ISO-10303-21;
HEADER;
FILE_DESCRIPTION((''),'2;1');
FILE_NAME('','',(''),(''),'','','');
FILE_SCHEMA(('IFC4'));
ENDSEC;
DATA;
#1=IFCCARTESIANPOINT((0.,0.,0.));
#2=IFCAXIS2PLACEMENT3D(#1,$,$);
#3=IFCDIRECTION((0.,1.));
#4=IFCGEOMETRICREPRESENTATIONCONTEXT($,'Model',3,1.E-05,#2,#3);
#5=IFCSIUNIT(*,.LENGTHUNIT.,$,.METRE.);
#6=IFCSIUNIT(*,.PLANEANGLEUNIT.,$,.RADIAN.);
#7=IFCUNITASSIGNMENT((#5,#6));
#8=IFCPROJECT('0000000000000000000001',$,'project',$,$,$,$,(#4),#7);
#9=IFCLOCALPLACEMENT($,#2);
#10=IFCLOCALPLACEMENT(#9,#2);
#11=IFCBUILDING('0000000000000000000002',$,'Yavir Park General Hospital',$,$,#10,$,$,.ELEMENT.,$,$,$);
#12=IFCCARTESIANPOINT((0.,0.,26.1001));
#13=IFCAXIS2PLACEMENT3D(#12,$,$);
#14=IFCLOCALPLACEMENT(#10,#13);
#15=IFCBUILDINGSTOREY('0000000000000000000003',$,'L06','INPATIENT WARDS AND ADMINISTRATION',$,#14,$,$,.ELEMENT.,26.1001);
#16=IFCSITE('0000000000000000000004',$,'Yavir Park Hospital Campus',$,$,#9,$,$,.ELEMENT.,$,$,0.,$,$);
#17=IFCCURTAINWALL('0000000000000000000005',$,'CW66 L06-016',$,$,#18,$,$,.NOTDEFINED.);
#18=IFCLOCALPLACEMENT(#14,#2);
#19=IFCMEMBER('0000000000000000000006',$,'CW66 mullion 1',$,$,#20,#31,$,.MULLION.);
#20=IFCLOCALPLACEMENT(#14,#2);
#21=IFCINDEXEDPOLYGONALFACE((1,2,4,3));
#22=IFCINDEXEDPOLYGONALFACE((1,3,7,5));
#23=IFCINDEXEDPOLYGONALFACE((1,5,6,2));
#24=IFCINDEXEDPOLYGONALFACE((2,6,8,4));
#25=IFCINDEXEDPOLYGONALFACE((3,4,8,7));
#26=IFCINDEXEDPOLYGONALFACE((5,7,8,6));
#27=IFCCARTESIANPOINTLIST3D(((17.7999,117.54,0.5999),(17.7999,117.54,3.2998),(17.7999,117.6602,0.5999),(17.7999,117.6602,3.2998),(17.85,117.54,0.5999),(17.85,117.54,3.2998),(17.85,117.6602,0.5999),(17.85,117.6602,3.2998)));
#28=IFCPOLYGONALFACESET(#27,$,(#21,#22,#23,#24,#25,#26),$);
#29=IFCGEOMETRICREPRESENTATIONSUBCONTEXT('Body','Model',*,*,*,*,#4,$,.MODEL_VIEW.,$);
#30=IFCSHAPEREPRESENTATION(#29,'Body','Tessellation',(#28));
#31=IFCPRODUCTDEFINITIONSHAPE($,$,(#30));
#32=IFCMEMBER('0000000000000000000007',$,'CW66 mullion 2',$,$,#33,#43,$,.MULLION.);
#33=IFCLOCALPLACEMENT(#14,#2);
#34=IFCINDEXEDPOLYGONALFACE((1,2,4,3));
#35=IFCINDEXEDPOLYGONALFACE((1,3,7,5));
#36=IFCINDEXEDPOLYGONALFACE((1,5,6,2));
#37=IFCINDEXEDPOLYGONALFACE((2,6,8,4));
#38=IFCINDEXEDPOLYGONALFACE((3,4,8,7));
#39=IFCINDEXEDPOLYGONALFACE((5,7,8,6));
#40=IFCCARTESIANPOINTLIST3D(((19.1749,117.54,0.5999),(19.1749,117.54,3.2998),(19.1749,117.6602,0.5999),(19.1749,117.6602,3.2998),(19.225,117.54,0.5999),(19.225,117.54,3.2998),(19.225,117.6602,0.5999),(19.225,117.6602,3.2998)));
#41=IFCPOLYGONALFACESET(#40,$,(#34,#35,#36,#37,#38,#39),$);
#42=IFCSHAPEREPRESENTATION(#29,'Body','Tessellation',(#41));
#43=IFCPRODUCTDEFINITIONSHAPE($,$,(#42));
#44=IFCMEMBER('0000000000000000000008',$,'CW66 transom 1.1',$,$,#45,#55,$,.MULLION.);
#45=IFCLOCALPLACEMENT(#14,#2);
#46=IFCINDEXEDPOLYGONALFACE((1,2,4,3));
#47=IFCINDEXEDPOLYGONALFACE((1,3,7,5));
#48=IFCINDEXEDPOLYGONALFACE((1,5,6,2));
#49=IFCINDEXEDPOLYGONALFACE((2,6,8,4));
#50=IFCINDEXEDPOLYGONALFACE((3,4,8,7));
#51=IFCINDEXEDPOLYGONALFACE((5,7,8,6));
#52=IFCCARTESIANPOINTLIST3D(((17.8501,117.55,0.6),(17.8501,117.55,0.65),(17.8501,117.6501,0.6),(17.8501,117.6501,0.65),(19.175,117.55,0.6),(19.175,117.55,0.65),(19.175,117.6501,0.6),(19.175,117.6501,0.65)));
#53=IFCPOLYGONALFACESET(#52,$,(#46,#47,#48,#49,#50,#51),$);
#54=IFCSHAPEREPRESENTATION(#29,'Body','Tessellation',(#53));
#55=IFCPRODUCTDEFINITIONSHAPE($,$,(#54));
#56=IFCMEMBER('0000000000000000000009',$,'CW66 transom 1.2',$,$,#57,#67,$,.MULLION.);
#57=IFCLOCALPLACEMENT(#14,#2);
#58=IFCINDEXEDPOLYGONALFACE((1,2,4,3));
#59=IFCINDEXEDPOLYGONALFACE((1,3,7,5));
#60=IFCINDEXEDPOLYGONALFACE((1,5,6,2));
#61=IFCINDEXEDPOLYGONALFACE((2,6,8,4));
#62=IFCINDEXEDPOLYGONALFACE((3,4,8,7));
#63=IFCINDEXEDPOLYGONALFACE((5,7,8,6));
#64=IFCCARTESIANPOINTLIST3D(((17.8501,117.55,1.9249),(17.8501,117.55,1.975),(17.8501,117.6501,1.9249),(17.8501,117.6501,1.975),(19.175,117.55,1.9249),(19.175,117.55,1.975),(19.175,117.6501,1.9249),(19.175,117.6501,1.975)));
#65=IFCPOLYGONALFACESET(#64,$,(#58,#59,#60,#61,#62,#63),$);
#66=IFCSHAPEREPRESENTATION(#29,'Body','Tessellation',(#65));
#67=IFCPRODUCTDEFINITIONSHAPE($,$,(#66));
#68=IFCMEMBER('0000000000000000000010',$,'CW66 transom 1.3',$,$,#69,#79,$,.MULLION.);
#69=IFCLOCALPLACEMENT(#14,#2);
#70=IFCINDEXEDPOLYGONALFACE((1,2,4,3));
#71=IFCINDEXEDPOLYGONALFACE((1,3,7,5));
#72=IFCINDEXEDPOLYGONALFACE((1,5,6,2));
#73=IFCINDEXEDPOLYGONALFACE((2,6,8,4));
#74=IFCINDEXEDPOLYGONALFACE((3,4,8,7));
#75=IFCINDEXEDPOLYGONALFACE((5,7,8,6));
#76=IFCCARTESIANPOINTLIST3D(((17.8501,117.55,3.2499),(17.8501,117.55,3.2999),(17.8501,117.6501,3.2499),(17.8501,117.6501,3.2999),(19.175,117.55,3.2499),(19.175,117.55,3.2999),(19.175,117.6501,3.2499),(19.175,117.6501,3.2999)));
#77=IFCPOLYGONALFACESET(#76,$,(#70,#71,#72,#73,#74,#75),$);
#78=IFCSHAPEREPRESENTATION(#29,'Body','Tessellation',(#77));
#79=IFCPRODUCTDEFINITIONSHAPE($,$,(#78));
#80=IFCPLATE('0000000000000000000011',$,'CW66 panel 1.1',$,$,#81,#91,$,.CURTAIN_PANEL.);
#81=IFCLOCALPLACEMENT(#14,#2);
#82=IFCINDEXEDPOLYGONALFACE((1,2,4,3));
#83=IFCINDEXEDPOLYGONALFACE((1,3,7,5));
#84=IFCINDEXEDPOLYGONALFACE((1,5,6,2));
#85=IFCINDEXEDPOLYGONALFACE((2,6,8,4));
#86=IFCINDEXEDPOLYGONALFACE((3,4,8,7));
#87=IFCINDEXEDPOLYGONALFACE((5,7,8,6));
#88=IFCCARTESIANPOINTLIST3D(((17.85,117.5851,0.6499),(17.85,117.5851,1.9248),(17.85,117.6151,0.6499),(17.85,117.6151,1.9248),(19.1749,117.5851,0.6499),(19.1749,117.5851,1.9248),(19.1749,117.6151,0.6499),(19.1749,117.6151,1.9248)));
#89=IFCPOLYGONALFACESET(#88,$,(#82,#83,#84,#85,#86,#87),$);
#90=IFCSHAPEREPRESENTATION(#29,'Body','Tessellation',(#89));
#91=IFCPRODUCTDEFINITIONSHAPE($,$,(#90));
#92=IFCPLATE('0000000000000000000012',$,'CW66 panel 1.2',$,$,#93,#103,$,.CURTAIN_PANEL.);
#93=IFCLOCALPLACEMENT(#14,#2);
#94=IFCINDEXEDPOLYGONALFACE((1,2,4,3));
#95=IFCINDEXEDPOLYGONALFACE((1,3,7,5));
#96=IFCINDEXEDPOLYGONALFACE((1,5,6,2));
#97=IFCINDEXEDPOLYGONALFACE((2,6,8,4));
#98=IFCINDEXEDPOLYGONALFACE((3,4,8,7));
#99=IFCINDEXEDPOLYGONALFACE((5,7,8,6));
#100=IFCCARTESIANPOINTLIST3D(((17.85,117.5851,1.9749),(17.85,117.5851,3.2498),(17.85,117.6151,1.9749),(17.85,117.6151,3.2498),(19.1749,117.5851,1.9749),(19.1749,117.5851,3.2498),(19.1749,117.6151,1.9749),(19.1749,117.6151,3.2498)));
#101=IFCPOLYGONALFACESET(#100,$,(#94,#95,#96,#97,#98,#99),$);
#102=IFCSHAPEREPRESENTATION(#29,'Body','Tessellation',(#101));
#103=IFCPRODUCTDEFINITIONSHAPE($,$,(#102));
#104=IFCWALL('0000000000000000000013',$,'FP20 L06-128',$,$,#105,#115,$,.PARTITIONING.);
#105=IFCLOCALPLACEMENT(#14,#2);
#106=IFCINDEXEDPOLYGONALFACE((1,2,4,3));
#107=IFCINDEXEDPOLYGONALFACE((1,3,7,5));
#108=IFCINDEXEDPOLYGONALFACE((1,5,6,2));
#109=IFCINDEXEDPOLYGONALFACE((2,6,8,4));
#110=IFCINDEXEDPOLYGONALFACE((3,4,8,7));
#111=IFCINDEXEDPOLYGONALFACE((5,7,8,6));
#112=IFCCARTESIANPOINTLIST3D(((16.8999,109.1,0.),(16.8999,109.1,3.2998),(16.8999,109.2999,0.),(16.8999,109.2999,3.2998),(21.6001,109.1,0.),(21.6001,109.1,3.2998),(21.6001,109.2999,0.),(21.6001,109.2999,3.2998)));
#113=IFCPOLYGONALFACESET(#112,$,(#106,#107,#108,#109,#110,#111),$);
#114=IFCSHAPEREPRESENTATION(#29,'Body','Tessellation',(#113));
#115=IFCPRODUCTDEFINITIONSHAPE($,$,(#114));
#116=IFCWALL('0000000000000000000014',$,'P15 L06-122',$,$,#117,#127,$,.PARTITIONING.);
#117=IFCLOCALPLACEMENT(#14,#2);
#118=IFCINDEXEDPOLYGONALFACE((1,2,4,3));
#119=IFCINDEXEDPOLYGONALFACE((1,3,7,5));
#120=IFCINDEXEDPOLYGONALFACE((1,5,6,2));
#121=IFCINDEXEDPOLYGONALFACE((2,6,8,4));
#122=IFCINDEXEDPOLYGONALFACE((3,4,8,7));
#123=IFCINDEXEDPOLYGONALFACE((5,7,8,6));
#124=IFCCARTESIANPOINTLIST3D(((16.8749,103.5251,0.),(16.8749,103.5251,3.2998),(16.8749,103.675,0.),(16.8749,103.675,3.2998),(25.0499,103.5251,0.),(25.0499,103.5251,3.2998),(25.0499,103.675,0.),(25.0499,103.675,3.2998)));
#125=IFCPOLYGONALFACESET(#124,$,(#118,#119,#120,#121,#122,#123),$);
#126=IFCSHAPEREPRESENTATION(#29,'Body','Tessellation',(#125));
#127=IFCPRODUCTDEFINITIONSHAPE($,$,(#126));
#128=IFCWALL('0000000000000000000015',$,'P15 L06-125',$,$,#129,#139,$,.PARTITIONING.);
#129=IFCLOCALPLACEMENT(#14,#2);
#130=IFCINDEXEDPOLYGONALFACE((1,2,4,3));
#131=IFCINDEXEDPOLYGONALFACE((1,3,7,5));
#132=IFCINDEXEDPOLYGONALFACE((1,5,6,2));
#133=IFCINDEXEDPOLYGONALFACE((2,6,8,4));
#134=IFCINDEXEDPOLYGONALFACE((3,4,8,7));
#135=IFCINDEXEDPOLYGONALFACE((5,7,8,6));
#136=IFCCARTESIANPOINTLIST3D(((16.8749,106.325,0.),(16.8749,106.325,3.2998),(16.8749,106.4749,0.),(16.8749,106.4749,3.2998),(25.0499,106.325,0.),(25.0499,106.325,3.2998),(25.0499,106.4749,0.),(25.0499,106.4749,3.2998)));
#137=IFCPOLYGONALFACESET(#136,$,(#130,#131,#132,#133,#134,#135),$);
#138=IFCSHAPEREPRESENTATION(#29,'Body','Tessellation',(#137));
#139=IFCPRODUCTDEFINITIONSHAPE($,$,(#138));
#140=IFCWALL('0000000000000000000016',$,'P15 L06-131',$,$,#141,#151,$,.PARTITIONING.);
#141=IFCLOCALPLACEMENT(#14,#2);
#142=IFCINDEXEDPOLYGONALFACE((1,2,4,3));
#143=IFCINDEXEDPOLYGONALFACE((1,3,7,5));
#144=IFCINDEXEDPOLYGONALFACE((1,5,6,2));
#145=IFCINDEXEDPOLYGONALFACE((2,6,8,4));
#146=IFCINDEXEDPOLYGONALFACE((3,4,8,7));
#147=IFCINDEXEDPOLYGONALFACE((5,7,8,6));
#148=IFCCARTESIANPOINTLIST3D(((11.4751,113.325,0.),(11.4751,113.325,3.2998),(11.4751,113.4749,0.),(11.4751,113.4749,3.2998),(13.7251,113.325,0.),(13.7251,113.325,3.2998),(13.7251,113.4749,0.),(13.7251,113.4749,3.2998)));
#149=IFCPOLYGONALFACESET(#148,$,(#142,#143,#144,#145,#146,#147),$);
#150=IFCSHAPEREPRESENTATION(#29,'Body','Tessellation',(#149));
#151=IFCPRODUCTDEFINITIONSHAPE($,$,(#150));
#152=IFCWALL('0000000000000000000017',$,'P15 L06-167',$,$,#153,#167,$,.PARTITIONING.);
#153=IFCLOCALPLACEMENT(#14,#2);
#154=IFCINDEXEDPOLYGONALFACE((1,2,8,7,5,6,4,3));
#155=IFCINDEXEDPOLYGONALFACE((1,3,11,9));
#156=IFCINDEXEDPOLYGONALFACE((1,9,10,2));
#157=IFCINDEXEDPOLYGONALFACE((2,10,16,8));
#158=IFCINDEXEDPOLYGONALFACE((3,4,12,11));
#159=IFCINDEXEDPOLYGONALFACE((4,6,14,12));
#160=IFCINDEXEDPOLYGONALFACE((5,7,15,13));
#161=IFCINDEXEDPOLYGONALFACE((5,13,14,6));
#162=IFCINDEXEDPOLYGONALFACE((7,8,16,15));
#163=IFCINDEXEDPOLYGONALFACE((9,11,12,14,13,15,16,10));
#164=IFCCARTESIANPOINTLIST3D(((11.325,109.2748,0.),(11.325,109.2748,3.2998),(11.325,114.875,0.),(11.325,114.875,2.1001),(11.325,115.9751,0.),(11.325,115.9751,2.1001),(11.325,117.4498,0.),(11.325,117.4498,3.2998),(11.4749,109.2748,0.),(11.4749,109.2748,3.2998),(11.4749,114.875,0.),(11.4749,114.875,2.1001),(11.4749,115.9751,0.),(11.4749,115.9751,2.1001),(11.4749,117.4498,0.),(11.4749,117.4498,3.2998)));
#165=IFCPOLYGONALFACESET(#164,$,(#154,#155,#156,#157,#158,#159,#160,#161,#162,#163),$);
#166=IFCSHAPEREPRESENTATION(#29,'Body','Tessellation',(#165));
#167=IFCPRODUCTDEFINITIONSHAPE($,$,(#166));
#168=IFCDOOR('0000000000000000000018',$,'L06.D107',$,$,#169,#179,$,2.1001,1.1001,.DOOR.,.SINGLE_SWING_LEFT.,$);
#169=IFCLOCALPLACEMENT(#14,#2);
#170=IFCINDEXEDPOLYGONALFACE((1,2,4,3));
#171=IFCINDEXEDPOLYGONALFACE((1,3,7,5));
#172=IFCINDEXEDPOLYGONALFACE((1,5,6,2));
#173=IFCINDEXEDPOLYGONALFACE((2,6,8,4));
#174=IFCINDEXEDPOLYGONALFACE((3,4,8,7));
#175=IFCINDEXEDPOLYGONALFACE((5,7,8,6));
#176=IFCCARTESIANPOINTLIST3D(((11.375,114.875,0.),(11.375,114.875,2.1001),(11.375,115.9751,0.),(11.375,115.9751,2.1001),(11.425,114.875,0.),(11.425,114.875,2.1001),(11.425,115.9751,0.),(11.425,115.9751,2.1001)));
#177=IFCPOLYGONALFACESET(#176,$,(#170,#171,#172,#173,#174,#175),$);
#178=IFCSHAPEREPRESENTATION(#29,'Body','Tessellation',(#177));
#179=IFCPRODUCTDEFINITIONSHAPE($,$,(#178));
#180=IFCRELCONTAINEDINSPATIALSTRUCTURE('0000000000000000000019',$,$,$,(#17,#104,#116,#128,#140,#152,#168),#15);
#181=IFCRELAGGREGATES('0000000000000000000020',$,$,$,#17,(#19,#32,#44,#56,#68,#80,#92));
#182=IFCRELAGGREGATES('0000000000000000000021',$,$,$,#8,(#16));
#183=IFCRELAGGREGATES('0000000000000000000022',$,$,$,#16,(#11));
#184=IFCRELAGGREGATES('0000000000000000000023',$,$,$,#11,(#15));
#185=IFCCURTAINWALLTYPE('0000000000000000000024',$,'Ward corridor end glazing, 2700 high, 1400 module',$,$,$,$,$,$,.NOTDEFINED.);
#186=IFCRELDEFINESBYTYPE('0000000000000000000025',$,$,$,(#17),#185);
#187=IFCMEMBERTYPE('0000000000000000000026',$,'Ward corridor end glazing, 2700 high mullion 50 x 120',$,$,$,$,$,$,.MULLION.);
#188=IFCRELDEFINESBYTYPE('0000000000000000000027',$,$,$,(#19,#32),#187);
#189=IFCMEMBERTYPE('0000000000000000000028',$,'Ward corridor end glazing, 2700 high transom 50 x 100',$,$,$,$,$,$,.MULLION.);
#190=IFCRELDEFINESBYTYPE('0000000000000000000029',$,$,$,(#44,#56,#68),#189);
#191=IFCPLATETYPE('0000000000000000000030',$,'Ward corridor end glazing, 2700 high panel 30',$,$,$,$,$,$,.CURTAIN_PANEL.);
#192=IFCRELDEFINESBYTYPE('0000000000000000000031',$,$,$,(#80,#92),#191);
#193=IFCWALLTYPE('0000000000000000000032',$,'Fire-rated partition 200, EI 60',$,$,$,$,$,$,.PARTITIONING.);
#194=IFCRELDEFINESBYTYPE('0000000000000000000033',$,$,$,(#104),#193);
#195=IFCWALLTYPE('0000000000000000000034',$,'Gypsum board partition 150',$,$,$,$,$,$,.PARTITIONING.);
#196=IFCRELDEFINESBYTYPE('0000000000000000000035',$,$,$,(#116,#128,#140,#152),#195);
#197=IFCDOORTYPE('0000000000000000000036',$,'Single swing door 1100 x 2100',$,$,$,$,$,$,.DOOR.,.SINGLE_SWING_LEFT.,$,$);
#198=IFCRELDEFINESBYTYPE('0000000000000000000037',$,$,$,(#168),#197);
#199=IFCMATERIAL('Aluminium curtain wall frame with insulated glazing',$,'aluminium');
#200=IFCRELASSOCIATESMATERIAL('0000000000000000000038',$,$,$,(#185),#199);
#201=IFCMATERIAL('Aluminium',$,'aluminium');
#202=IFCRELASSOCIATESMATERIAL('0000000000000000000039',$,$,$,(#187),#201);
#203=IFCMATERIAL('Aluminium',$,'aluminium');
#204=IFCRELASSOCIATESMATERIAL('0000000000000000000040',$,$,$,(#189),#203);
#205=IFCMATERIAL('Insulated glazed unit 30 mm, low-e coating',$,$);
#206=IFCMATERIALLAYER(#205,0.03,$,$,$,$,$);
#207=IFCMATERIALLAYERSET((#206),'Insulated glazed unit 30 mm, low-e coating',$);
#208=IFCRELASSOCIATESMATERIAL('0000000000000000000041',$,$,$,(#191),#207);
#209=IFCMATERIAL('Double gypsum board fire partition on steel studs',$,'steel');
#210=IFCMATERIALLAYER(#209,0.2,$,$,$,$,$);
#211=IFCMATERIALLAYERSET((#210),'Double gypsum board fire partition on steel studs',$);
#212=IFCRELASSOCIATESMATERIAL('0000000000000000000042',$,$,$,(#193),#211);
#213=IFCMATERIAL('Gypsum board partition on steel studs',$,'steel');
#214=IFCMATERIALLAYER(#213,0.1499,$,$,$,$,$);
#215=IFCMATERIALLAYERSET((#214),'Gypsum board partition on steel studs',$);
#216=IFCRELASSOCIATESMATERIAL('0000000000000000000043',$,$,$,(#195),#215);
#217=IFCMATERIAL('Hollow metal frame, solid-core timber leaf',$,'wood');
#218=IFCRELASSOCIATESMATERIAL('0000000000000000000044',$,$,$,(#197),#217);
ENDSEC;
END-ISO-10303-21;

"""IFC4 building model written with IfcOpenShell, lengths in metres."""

from ifc_helpers import new_model, si_unit, direction, frame, frame_2d, origin, origin_2d, place, context, subcontext, project, spatial, rectangle, extrude, material, layer, layer_set, material_profile, profile_set, type_object, element, fill, aggregate, save


model = new_model("IFC4")

# Units and contexts
model_context = context("Model", 3, precision=1e-05, world=origin(), true_north=direction((0.0, 1.0)))
body_context = subcontext(model_context, "Body", "Model", "MODEL_VIEW")
ifc_project = project(units=[si_unit("LENGTHUNIT", "METRE"), si_unit("PLANEANGLEUNIT", "RADIAN")], contexts=[model_context])

# Site, building, storey
site_placement = place(None, origin())
site = spatial("IfcSite", under=ifc_project, at=site_placement, Name="Yavir Park Hospital Campus", CompositionType="ELEMENT", RefElevation=0.0)
building_placement = place(site_placement, origin())
building = spatial("IfcBuilding", under=site, at=building_placement, Name="Yavir Park General Hospital", CompositionType="ELEMENT")
storey_placement = place(building_placement, frame((0.0, 0.0, 26.1001)))
storey = spatial("IfcBuildingStorey", under=building, at=storey_placement, Name="L06", Description="INPATIENT WARDS AND ADMINISTRATION", CompositionType="ELEMENT", Elevation=26.1001)

# Curtain wall, members, plates
ifc_material_1 = material(Name="Aluminium curtain wall frame with insulated glazing", Category="aluminium")
curtain_wall_type = type_object("IfcCurtainWallType", Name="Ward corridor end glazing, 2700 high, 1400 module", PredefinedType="NOTDEFINED", material=ifc_material_1)
curtain_wall_placement = place(storey_placement, origin())
curtain_wall = element("IfcCurtainWall", 1, at=curtain_wall_placement, inside=storey, type_object=curtain_wall_type, Name="CW66 L06-016", PredefinedType="NOTDEFINED")
ifc_material_2 = material(Name="Aluminium", Category="aluminium")
ifc_material_profile_1 = material_profile(ifc_material_2, rectangle(XDim=0.1201, YDim=0.05, at=origin_2d()), Name="AL 50x120")
ifc_profile_set_1 = profile_set([ifc_material_profile_1], Name="Aluminium")
member_type_1 = type_object("IfcMemberType", Name="Ward corridor end glazing, 2700 high mullion 50 x 120", PredefinedType="MULLION", material=ifc_profile_set_1)
member_1_placement = place(storey_placement, frame((17.825, 117.6001, 0.5999), z_axis=(0.0, 0.0, 1.0), x_axis=(0.0, 1.0, 0.0)))
member_1 = element("IfcMember", 2, at=member_1_placement, type_object=member_type_1, Name="CW66 mullion 1", PredefinedType="MULLION", context=body_context, shape_type="SweptSolid", body=[
    extrude(rectangle(XDim=0.1201, YDim=0.05, at=origin_2d()), origin(), (0.0, 0.0, 1.0), 2.7),
])
member_2_placement = place(storey_placement, frame((19.2, 117.6001, 0.5999), z_axis=(0.0, 0.0, 1.0), x_axis=(0.0, 1.0, 0.0)))
member_2 = element("IfcMember", 3, at=member_2_placement, type_object=member_type_1, Name="CW66 mullion 2", PredefinedType="MULLION", context=body_context, shape_type="SweptSolid", body=[
    extrude(rectangle(XDim=0.1201, YDim=0.05, at=origin_2d()), origin(), (0.0, 0.0, 1.0), 2.7),
])
ifc_material_3 = material(Name="Aluminium", Category="aluminium")
ifc_material_profile_2 = material_profile(ifc_material_3, rectangle(XDim=0.1001, YDim=0.05, at=origin_2d()), Name="AL 100x50")
ifc_profile_set_2 = profile_set([ifc_material_profile_2], Name="Aluminium")
member_type_2 = type_object("IfcMemberType", Name="Ward corridor end glazing, 2700 high transom 50 x 100", PredefinedType="MULLION", material=ifc_profile_set_2)
member_3_placement = place(storey_placement, frame((17.8501, 117.6001, 0.625), z_axis=(1.0, 0.0, 0.0), x_axis=(0.0, 1.0, 0.0)))
member_3 = element("IfcMember", 4, at=member_3_placement, type_object=member_type_2, Name="CW66 transom 1.1", PredefinedType="MULLION", context=body_context, shape_type="SweptSolid", body=[
    extrude(rectangle(XDim=0.1001, YDim=0.05, at=origin_2d()), origin(), (0.0, 0.0, 1.0), 1.325),
])
member_4_placement = place(storey_placement, frame((17.8501, 117.6001, 1.95), z_axis=(1.0, 0.0, 0.0), x_axis=(0.0, 1.0, 0.0)))
member_4 = element("IfcMember", 5, at=member_4_placement, type_object=member_type_2, Name="CW66 transom 1.2", PredefinedType="MULLION", context=body_context, shape_type="SweptSolid", body=[
    extrude(rectangle(XDim=0.1001, YDim=0.05, at=origin_2d()), origin(), (0.0, 0.0, 1.0), 1.325),
])
member_5_placement = place(storey_placement, frame((17.8501, 117.6001, 3.2749), z_axis=(1.0, 0.0, 0.0), x_axis=(0.0, 1.0, 0.0)))
member_5 = element("IfcMember", 6, at=member_5_placement, type_object=member_type_2, Name="CW66 transom 1.3", PredefinedType="MULLION", context=body_context, shape_type="SweptSolid", body=[
    extrude(rectangle(XDim=0.1001, YDim=0.05, at=origin_2d()), origin(), (0.0, 0.0, 1.0), 1.325),
])
ifc_material_4 = material(Name="Insulated glazed unit 30 mm, low-e coating")
ifc_layer_1 = layer(ifc_material_4, 0.03)
ifc_layer_set_1 = layer_set([ifc_layer_1], Name="Insulated glazed unit 30 mm, low-e coating")
plate_type = type_object("IfcPlateType", Name="Ward corridor end glazing, 2700 high panel 30", PredefinedType="CURTAIN_PANEL", material=ifc_layer_set_1)
plate_1_placement = place(storey_placement, frame((18.5125, 117.6001, 0.6499), z_axis=(0.0, 0.0, 1.0), x_axis=(1.0, 0.0, 0.0)))
plate_1 = element("IfcPlate", 7, at=plate_1_placement, type_object=plate_type, Name="CW66 panel 1.1", PredefinedType="CURTAIN_PANEL", context=body_context, shape_type="SweptSolid", body=[
    extrude(rectangle(XDim=1.325, YDim=0.03, at=origin_2d()), origin(), (0.0, 0.0, 1.0), 1.2749),
])
plate_2_placement = place(storey_placement, frame((18.5125, 117.6001, 1.9749), z_axis=(0.0, 0.0, 1.0), x_axis=(1.0, 0.0, 0.0)))
plate_2 = element("IfcPlate", 8, at=plate_2_placement, type_object=plate_type, Name="CW66 panel 1.2", PredefinedType="CURTAIN_PANEL", context=body_context, shape_type="SweptSolid", body=[
    extrude(rectangle(XDim=1.325, YDim=0.03, at=origin_2d()), origin(), (0.0, 0.0, 1.0), 1.2749),
])
aggregate(curtain_wall, [member_1, member_2, member_3, member_4, member_5, plate_1, plate_2])

# Wall
ifc_material_5 = material(Name="Double gypsum board fire partition on steel studs", Category="steel")
ifc_layer_2 = layer(ifc_material_5, 0.2)
ifc_layer_set_2 = layer_set([ifc_layer_2], Name="Double gypsum board fire partition on steel studs")
wall_type_1 = type_object("IfcWallType", Name="Fire-rated partition 200, EI 60", PredefinedType="PARTITIONING", material=ifc_layer_set_2)
wall_1_placement = place(storey_placement, frame((16.8999, 109.2, 0.0), z_axis=(0.0, 0.0, 1.0), x_axis=(1.0, 0.0, 0.0)))
element("IfcWall", 9, at=wall_1_placement, inside=storey, type_object=wall_type_1, Name="FP20 L06-128", PredefinedType="PARTITIONING", context=body_context, shape_type="SweptSolid", body=[
    extrude(rectangle(XDim=4.7002, YDim=0.2, at=frame_2d((2.3501, 0.0))), origin(), (0.0, 0.0, 1.0), 3.2998),
])

# Walls
ifc_material_6 = material(Name="Gypsum board partition on steel studs", Category="steel")
ifc_layer_3 = layer(ifc_material_6, 0.1499)
ifc_layer_set_3 = layer_set([ifc_layer_3], Name="Gypsum board partition on steel studs")
wall_type_2 = type_object("IfcWallType", Name="Gypsum board partition 150", PredefinedType="PARTITIONING", material=ifc_layer_set_3)
for number, where, z_axis, x_axis, name in (
    (10, (16.875, 103.6001, 0.0), (0.0, 0.0, 1.0), (1.0, 0.0, 0.0), "P15 L06-122"),
    (11, (16.875, 106.3999, 0.0), (0.0, 0.0, 1.0), (1.0, 0.0, 0.0), "P15 L06-125"),
):
    element("IfcWall", number, at=place(storey_placement, frame(where, z_axis=z_axis, x_axis=x_axis)), inside=storey, type_object=wall_type_2, Name=name, PredefinedType="PARTITIONING", context=body_context, shape_type="SweptSolid", body=[
        extrude(rectangle(XDim=8.175, YDim=0.1499, at=frame_2d((4.0874, 0.0))), origin(), (0.0, 0.0, 1.0), 3.2998),
    ])
wall_2_placement = place(storey_placement, frame((11.4751, 113.3999, 0.0), z_axis=(0.0, 0.0, 1.0), x_axis=(1.0, 0.0, 0.0)))
element("IfcWall", 12, at=wall_2_placement, inside=storey, type_object=wall_type_2, Name="P15 L06-131", PredefinedType="PARTITIONING", context=body_context, shape_type="SweptSolid", body=[
    extrude(rectangle(XDim=2.25, YDim=0.1499, at=frame_2d((1.125, 0.0))), origin(), (0.0, 0.0, 1.0), 3.2998),
])

# Wall, opening, door
wall_3_placement = place(storey_placement, frame((11.3999, 109.2749, 0.0), z_axis=(0.0, 0.0, 1.0), x_axis=(0.0, 1.0, 0.0)))
wall_3 = element("IfcWall", 13, at=wall_3_placement, inside=storey, type_object=wall_type_2, Name="P15 L06-167", PredefinedType="PARTITIONING", context=body_context, shape_type="SweptSolid", body=[
    extrude(rectangle(XDim=8.175, YDim=0.1499, at=frame_2d((4.0874, 0.0))), origin(), (0.0, 0.0, 1.0), 3.2998),
])
opening_1_placement = place(wall_3_placement, frame((5.6001, 0.0, 0.0)))
opening_1 = element("IfcOpeningElement", 14, at=opening_1_placement, cuts=wall_3, PredefinedType="OPENING", context=body_context, shape_type="SweptSolid", body=[
    extrude(rectangle(XDim=1.1001, YDim=2.1001, at=frame_2d((0.55, 1.05))), frame((0.0, 0.085, 0.0), z_axis=(0.0, -1.0, 0.0), x_axis=(1.0, 0.0, 0.0)), (0.0, 0.0, 1.0), 0.1699),
])
ifc_material_7 = material(Name="Hollow metal frame, solid-core timber leaf", Category="wood")
door_type_1 = type_object("IfcDoorType", Name="Single swing door 1100 x 2100", OperationType="SINGLE_SWING_LEFT", PredefinedType="DOOR", material=ifc_material_7)
door_1_placement = place(opening_1_placement, origin())
door_1 = element("IfcDoor", 15, at=door_1_placement, inside=storey, type_object=door_type_1, Name="L06.D107", OperationType="SINGLE_SWING_LEFT", OverallHeight=2.1001, OverallWidth=1.1001, PredefinedType="DOOR", context=body_context, shape_type="SweptSolid", body=[
    extrude(rectangle(XDim=1.1001, YDim=2.1001, at=frame_2d((0.55, 1.05))), frame((0.0, 0.0249, 0.0), z_axis=(0.0, -1.0, 0.0), x_axis=(1.0, 0.0, 0.0)), (0.0, 0.0, 1.0), 0.05),
])
fill(opening_1, door_1)

save(model, "model.ifc")
